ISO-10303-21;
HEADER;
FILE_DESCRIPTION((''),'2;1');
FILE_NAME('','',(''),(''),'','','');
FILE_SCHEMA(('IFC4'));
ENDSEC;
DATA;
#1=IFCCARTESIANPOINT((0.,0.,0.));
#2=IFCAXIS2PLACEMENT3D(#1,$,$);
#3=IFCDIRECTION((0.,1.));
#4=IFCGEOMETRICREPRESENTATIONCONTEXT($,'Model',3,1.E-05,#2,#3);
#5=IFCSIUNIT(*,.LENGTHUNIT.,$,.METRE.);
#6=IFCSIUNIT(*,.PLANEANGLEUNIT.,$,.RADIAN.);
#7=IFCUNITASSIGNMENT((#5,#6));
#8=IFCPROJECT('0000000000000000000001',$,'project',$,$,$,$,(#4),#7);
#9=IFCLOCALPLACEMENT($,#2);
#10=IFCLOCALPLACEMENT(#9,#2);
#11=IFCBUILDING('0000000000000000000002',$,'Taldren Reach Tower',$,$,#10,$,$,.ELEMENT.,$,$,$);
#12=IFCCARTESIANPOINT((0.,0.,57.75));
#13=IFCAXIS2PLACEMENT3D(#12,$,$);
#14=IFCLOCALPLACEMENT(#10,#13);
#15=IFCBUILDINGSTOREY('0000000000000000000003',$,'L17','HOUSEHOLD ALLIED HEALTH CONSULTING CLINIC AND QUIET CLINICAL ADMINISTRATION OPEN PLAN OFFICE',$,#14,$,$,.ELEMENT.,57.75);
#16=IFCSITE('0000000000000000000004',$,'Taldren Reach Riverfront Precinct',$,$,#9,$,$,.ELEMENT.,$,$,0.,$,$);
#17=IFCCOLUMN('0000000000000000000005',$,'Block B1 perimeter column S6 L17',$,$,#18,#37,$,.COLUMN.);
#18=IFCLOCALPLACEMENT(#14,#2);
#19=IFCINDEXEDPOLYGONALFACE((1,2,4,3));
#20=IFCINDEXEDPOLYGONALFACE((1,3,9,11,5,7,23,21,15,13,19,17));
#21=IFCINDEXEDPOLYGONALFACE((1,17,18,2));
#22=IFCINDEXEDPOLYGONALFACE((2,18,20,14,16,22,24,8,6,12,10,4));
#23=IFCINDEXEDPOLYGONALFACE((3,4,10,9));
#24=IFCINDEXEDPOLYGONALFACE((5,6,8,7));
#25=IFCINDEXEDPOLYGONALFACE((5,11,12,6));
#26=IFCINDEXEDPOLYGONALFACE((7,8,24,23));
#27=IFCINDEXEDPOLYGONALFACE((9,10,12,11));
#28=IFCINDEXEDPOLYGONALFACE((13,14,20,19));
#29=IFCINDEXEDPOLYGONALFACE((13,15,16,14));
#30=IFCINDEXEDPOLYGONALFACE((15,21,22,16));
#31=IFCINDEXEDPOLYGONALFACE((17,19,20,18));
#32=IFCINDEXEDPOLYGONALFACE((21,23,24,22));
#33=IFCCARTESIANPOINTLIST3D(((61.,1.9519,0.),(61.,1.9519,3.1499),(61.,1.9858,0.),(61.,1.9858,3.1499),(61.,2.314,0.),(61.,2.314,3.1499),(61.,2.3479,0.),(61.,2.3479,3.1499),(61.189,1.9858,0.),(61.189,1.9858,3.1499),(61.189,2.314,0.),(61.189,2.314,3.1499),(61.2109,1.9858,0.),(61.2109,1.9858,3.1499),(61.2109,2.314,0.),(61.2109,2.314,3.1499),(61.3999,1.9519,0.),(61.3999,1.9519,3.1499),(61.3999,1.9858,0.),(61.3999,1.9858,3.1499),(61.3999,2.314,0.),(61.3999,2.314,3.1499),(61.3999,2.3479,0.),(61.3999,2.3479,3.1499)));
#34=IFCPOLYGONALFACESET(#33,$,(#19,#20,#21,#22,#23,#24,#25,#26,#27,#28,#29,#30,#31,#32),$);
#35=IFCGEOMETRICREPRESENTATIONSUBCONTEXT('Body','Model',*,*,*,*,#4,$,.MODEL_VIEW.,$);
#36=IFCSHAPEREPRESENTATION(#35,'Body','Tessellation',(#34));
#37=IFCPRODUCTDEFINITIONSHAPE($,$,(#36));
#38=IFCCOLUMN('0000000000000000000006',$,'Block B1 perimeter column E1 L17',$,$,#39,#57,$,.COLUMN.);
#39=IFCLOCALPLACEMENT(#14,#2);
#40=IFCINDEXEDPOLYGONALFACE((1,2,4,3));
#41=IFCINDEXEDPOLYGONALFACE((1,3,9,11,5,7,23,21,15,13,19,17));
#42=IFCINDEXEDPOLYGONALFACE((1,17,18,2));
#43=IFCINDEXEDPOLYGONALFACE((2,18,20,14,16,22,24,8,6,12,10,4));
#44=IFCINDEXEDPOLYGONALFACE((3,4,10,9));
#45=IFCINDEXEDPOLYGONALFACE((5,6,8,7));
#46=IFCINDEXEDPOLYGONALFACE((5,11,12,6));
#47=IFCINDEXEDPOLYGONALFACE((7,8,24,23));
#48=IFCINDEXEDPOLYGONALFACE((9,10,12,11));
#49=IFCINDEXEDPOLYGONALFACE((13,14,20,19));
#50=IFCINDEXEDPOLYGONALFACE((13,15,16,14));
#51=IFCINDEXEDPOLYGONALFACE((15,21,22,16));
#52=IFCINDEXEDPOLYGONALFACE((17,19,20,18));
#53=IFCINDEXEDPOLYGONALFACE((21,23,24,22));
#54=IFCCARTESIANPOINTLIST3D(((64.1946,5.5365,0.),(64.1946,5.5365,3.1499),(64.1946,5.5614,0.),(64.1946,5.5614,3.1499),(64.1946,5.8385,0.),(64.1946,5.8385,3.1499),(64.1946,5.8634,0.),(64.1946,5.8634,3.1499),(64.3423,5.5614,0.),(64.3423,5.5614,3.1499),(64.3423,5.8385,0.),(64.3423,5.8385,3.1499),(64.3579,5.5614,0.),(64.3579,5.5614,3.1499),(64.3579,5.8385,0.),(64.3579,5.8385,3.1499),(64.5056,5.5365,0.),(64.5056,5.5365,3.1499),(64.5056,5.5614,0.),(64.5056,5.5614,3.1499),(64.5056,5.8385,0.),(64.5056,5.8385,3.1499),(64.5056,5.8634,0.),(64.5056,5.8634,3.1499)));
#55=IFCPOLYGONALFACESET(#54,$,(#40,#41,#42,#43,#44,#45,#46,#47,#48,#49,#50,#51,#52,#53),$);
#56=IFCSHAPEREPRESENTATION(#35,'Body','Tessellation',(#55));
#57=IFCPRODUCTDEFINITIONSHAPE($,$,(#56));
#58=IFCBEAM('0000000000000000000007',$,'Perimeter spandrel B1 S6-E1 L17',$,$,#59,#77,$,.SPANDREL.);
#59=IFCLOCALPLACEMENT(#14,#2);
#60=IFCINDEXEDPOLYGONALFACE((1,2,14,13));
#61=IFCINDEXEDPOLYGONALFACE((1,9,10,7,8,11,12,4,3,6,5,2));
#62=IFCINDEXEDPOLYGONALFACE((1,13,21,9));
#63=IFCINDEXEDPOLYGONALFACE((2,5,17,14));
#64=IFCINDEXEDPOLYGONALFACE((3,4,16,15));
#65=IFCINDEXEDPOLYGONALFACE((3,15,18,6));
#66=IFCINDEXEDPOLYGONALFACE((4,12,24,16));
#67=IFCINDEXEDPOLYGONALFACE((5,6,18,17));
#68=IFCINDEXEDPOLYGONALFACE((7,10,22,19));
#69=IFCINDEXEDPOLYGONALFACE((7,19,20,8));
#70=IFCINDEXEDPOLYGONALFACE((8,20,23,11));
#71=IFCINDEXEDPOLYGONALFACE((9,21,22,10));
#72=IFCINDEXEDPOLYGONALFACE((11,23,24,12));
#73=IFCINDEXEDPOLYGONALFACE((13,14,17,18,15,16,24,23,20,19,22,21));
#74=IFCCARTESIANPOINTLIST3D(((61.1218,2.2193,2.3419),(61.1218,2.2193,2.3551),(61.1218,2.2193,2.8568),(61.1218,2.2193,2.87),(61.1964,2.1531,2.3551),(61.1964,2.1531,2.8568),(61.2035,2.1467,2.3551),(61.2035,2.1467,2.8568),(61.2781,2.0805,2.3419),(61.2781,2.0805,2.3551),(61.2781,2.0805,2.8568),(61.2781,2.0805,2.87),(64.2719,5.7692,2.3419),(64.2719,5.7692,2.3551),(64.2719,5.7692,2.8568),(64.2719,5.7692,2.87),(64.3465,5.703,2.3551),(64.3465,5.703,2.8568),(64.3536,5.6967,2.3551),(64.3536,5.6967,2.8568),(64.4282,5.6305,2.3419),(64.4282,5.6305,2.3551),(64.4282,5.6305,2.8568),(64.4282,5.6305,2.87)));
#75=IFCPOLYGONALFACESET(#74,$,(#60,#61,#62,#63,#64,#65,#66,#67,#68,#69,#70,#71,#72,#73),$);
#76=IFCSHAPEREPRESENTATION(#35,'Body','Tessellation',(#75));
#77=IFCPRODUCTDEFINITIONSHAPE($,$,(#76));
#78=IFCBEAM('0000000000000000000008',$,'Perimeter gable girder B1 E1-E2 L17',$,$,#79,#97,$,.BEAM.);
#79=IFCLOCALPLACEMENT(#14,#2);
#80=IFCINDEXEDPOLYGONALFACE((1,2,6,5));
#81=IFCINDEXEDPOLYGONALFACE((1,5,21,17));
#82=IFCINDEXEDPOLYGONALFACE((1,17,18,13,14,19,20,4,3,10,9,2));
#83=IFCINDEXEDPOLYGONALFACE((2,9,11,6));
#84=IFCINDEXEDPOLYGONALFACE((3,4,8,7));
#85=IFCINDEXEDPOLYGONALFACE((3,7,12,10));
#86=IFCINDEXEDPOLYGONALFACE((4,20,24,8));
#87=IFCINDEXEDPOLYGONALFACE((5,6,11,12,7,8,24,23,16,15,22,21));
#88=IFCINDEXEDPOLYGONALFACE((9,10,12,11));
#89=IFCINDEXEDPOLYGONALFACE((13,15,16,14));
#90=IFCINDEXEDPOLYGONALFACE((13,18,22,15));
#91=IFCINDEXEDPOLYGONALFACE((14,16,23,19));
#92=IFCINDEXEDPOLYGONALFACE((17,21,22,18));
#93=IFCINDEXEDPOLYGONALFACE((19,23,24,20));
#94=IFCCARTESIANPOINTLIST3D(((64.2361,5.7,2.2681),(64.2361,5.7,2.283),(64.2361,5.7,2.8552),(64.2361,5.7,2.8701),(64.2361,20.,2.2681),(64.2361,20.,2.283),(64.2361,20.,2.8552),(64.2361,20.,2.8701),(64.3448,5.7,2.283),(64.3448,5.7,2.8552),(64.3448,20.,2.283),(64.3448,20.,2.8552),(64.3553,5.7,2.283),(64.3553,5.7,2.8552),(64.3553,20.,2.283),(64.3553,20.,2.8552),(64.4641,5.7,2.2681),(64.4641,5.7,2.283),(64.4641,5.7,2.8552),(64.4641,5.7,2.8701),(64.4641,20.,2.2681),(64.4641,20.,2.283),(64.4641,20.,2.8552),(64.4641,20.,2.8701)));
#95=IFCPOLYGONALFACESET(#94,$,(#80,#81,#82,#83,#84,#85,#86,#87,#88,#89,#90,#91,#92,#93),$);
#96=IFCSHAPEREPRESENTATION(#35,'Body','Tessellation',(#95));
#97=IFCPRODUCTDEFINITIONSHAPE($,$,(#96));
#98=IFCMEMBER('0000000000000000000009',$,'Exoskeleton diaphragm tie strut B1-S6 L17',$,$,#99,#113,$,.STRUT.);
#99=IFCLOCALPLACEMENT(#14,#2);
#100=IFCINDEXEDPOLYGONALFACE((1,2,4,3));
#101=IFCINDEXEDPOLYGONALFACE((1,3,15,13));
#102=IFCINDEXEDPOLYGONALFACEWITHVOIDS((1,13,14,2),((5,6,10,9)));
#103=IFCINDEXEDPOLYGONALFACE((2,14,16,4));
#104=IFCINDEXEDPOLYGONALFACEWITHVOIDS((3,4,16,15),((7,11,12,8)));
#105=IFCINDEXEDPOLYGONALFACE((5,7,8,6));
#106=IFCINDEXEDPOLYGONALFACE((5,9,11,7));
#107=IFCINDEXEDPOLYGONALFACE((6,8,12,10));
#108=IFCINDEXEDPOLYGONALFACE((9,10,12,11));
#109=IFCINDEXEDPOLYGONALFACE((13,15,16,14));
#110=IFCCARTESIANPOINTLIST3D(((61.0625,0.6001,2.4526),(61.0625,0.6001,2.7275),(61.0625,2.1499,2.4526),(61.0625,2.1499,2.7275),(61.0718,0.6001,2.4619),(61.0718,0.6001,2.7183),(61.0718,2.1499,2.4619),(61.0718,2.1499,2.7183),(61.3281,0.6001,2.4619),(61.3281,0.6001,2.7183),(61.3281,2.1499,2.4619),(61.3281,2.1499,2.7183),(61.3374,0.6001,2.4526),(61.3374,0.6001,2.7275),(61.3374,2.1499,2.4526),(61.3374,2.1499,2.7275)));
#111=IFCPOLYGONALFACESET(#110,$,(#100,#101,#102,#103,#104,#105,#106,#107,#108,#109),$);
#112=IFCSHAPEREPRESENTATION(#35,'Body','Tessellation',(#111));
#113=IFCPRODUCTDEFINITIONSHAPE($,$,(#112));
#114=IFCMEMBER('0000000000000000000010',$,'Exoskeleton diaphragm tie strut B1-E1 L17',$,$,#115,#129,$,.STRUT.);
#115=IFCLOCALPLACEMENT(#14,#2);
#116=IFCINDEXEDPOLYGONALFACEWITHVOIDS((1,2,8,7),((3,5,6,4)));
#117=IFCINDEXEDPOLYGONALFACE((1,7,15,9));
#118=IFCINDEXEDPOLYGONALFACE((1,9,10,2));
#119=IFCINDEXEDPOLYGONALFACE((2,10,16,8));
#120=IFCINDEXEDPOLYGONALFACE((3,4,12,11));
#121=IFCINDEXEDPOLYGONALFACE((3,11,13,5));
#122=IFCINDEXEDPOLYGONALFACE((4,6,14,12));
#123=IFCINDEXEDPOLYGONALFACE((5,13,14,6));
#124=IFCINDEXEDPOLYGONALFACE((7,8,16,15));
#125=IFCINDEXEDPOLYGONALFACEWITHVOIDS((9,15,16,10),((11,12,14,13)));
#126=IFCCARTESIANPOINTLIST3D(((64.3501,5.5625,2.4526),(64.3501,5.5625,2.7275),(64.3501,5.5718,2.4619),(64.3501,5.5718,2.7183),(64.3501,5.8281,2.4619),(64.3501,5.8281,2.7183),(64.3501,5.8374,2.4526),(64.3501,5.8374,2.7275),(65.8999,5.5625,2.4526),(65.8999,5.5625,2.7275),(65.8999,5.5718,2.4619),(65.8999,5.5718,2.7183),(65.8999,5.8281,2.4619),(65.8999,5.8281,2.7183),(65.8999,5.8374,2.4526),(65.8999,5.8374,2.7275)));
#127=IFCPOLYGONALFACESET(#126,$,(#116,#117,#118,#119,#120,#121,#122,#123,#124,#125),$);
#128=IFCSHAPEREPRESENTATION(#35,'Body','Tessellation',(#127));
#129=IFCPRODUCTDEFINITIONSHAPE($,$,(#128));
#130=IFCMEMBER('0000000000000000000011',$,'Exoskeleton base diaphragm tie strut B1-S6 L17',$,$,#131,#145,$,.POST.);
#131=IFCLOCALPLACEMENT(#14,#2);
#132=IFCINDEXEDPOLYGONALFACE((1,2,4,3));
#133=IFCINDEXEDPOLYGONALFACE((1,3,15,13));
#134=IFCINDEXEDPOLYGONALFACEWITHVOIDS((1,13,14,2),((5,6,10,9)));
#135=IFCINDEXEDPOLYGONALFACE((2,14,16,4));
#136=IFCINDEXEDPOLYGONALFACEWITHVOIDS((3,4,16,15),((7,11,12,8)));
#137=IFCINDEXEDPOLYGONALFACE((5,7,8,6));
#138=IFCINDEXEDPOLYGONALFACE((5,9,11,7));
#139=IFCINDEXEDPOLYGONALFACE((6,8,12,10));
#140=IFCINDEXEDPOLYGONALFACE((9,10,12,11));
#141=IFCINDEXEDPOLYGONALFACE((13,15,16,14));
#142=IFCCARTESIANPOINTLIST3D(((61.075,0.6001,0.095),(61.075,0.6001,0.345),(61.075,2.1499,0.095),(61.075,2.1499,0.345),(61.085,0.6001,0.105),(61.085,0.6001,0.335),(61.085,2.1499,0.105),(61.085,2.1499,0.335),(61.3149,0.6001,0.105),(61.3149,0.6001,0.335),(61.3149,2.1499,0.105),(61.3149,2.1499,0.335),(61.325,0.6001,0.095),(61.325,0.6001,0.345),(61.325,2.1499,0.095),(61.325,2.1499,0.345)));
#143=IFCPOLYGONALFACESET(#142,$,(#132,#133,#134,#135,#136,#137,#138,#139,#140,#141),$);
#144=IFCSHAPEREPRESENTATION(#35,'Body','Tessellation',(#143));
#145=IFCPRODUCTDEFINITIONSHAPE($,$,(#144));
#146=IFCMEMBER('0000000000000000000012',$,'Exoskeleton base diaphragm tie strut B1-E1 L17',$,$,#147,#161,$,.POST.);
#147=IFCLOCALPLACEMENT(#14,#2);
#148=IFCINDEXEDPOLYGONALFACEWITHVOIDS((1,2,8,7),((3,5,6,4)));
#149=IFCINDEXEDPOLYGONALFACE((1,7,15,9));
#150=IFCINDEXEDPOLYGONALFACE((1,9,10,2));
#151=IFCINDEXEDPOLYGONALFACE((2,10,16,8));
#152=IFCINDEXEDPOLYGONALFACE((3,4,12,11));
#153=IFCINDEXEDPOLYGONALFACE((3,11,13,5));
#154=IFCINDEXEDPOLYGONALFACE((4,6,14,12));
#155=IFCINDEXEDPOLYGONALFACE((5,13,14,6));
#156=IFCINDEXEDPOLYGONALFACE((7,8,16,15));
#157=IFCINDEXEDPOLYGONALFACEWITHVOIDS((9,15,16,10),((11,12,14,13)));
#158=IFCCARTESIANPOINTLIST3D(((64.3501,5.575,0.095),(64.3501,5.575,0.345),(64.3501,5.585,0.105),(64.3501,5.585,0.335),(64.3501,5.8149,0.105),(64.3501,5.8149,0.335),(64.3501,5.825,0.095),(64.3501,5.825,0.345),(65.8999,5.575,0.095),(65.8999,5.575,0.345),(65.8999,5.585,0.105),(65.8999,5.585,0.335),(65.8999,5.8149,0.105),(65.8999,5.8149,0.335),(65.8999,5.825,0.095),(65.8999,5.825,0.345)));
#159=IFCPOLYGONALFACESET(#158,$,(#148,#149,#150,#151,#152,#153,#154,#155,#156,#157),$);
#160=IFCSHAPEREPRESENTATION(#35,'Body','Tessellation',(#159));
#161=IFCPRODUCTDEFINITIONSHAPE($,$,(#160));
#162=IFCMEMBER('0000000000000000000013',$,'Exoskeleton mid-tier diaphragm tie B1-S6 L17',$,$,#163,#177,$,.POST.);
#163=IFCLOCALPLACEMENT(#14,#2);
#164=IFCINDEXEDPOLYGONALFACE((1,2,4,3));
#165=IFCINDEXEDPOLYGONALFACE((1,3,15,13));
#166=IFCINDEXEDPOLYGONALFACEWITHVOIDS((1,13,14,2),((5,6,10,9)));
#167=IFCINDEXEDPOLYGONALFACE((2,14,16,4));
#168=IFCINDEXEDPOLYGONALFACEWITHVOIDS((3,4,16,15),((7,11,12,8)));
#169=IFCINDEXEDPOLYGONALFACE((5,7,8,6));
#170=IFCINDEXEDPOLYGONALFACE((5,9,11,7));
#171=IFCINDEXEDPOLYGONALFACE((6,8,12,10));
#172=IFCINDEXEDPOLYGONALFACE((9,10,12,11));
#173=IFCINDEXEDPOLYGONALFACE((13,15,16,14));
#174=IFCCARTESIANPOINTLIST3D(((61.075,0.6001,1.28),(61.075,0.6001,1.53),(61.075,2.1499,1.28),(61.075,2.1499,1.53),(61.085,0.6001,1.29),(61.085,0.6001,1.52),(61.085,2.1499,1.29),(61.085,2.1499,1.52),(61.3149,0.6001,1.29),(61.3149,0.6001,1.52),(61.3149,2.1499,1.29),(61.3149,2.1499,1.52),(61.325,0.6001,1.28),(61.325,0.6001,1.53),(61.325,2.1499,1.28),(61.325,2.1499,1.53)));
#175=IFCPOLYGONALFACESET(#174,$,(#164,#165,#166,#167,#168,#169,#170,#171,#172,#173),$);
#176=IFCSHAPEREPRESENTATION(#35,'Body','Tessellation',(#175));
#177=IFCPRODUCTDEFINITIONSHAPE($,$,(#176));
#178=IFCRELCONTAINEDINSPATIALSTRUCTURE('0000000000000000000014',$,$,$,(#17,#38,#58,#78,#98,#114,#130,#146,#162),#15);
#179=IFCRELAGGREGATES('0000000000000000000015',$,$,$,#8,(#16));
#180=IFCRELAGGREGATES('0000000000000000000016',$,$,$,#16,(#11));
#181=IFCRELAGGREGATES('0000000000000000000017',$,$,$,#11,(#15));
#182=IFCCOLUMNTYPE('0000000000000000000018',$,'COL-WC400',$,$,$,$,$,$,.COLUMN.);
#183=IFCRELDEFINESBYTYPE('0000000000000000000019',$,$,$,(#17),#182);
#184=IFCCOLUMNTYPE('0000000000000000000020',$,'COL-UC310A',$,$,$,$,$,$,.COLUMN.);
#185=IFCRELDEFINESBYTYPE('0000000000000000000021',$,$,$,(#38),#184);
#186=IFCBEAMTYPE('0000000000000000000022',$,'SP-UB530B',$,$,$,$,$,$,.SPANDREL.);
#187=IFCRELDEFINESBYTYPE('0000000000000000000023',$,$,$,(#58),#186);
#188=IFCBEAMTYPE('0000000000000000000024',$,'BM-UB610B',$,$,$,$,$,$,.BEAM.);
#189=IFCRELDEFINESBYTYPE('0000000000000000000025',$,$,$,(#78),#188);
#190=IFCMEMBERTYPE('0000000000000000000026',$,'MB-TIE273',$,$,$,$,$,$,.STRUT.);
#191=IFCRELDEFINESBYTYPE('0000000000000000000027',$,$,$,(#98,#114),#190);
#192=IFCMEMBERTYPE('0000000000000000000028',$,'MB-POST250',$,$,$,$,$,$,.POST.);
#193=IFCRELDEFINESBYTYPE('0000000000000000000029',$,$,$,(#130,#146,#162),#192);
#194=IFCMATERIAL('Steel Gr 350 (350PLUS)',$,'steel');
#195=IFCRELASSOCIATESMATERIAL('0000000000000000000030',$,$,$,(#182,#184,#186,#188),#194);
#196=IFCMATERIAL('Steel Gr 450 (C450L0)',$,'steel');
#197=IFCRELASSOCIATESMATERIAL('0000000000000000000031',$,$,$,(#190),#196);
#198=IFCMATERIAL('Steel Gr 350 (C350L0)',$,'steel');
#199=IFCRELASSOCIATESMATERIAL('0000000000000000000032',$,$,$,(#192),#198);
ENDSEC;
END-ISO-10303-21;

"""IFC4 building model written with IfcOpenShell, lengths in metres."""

from ifc_helpers import new_model, si_unit, direction, frame, origin, origin_2d, place, context, subcontext, project, spatial, hollow_rectangle, i_section, extrude, source, transform, mapped, material, material_profile, profile_set, type_object, element, save


model = new_model("IFC4")

# Units and contexts
model_context = context("Model", 3, precision=1e-05, world=origin(), true_north=direction((0.0, 1.0)))
body_context = subcontext(model_context, "Body", "Model", "MODEL_VIEW")
ifc_project = project(units=[si_unit("LENGTHUNIT", "METRE"), si_unit("PLANEANGLEUNIT", "RADIAN")], contexts=[model_context])

# Site, building, storey
site_placement = place(None, origin())
site = spatial("IfcSite", under=ifc_project, at=site_placement, Name="Taldren Reach Riverfront Precinct", CompositionType="ELEMENT", RefElevation=0.0)
building_placement = place(site_placement, origin())
building = spatial("IfcBuilding", under=site, at=building_placement, Name="Taldren Reach Tower", CompositionType="ELEMENT")
storey_placement = place(building_placement, frame((0.0, 0.0, 57.75)))
storey = spatial("IfcBuildingStorey", under=building, at=storey_placement, Name="L17", Description="HOUSEHOLD ALLIED HEALTH CONSULTING CLINIC AND QUIET CLINICAL ADMINISTRATION OPEN PLAN OFFICE", CompositionType="ELEMENT", Elevation=57.75)

# Columns
ifc_material_1 = material(Name="Steel Gr 350 (350PLUS)", Category="steel")
ifc_material_profile_1 = material_profile(ifc_material_1, i_section(OverallWidth=0.3999, OverallDepth=0.396, WebThickness=0.022, FlangeThickness=0.0339, at=origin_2d()), Name="400WC270")
ifc_profile_set_1 = profile_set([ifc_material_profile_1], Name="Steel Gr 350 (350PLUS)")
column_type_1 = type_object("IfcColumnType", Name="COL-WC400", PredefinedType="COLUMN", material=ifc_profile_set_1)
shared_shape_1 = source(origin(), body_context, "Body", "SweptSolid", [
    extrude(i_section(OverallWidth=0.3999, OverallDepth=0.396, WebThickness=0.022, FlangeThickness=0.0339, at=origin_2d()), origin(), (0.0, 0.0, 1.0), 3.1499),
])
column_1_placement = place(storey_placement, frame((61.2, 2.1499, 0.0), z_axis=(0.0, 0.0, 1.0), x_axis=(1.0, 0.0, 0.0)))
element("IfcColumn", 1, at=column_1_placement, inside=storey, type_object=column_type_1, Name="Block B1 perimeter column S6 L17", PredefinedType="COLUMN", context=body_context, shape_type="MappedRepresentation", body=[
    mapped(shared_shape_1, transform((0.0, 0.0, 0.0), scale=1.0)),
])
ifc_material_profile_2 = material_profile(ifc_material_1, i_section(OverallWidth=0.311, OverallDepth=0.3269, WebThickness=0.0156, FlangeThickness=0.0249, at=origin_2d()), Name="310UC158")
ifc_profile_set_2 = profile_set([ifc_material_profile_2], Name="Steel Gr 350 (350PLUS)")
column_type_2 = type_object("IfcColumnType", Name="COL-UC310A", PredefinedType="COLUMN", material=ifc_profile_set_2)
shared_shape_2 = source(origin(), body_context, "Body", "SweptSolid", [
    extrude(i_section(OverallWidth=0.311, OverallDepth=0.3269, WebThickness=0.0156, FlangeThickness=0.0249, at=origin_2d()), origin(), (0.0, 0.0, 1.0), 3.1499),
])
column_2_placement = place(storey_placement, frame((64.3501, 5.7, 0.0), z_axis=(0.0, 0.0, 1.0), x_axis=(1.0, 0.0, 0.0)))
element("IfcColumn", 2, at=column_2_placement, inside=storey, type_object=column_type_2, Name="Block B1 perimeter column E1 L17", PredefinedType="COLUMN", context=body_context, shape_type="MappedRepresentation", body=[
    mapped(shared_shape_2, transform((0.0, 0.0, 0.0), scale=1.0)),
])

# Beams
ifc_material_profile_3 = material_profile(ifc_material_1, i_section(OverallWidth=0.209, OverallDepth=0.5281, WebThickness=0.0095, FlangeThickness=0.0132, at=origin_2d()), Name="530UB82.0")
ifc_profile_set_3 = profile_set([ifc_material_profile_3], Name="Steel Gr 350 (350PLUS)")
beam_type_1 = type_object("IfcBeamType", Name="SP-UB530B", PredefinedType="SPANDREL", material=ifc_profile_set_3)
shared_shape_3 = source(origin(), body_context, "Body", "SweptSolid", [
    extrude(i_section(OverallWidth=0.209, OverallDepth=0.5281, WebThickness=0.0095, FlangeThickness=0.0132, at=origin_2d()), origin(), (0.0, 0.0, 1.0), 4.7461),
])
beam_1_placement = place(storey_placement, frame((61.2, 2.1499, 2.606), z_axis=(0.663722, 0.747979, 0.0), x_axis=(-0.747979, 0.663722, 0.0)))
element("IfcBeam", 3, at=beam_1_placement, inside=storey, type_object=beam_type_1, Name="Perimeter spandrel B1 S6-E1 L17", PredefinedType="SPANDREL", context=body_context, shape_type="MappedRepresentation", body=[
    mapped(shared_shape_3, transform((0.0, 0.0, 0.0), scale=1.0)),
])
ifc_material_profile_4 = material_profile(ifc_material_1, i_section(OverallWidth=0.228, OverallDepth=0.6021, WebThickness=0.0105, FlangeThickness=0.0149, at=origin_2d()), Name="610UB101")
ifc_profile_set_4 = profile_set([ifc_material_profile_4], Name="Steel Gr 350 (350PLUS)")
beam_type_2 = type_object("IfcBeamType", Name="BM-UB610B", PredefinedType="BEAM", material=ifc_profile_set_4)
shared_shape_4 = source(origin(), body_context, "Body", "SweptSolid", [
    extrude(i_section(OverallWidth=0.228, OverallDepth=0.6021, WebThickness=0.0105, FlangeThickness=0.0149, at=origin_2d()), origin(), (0.0, 0.0, 1.0), 14.3),
])
beam_2_placement = place(storey_placement, frame((64.3501, 5.7, 2.5691), z_axis=(0.0, 1.0, 0.0), x_axis=(-1.0, 0.0, 0.0)))
element("IfcBeam", 4, at=beam_2_placement, inside=storey, type_object=beam_type_2, Name="Perimeter gable girder B1 E1-E2 L17", PredefinedType="BEAM", context=body_context, shape_type="MappedRepresentation", body=[
    mapped(shared_shape_4, transform((0.0, 0.0, 0.0), scale=1.0)),
])

# Members
ifc_material_2 = material(Name="Steel Gr 450 (C450L0)", Category="steel")
ifc_material_profile_5 = material_profile(ifc_material_2, hollow_rectangle(XDim=0.2749, YDim=0.2749, WallThickness=0.0093, at=origin_2d()), Name="275x275x9.3SHS")
ifc_profile_set_5 = profile_set([ifc_material_profile_5], Name="Steel Gr 450 (C450L0)")
member_type_1 = type_object("IfcMemberType", Name="MB-TIE273", PredefinedType="STRUT", material=ifc_profile_set_5)
shared_shape_5 = source(origin(), body_context, "Body", "SweptSolid", [
    extrude(hollow_rectangle(XDim=0.2749, YDim=0.2749, WallThickness=0.0093, at=origin_2d()), origin(), (0.0, 0.0, 1.0), 1.5498),
])
for number, where, z_axis, x_axis, name in (
    (5, (61.2, 2.1499, 2.5901), (0.0, -1.0, 0.0), (1.0, 0.0, 0.0), "Exoskeleton diaphragm tie strut B1-S6 L17"),
    (6, (64.3501, 5.7, 2.5901), (1.0, 0.0, 0.0), (0.0, 1.0, 0.0), "Exoskeleton diaphragm tie strut B1-E1 L17"),
):
    element("IfcMember", number, at=place(storey_placement, frame(where, z_axis=z_axis, x_axis=x_axis)), inside=storey, type_object=member_type_1, Name=name, PredefinedType="STRUT", context=body_context, shape_type="MappedRepresentation", body=[
        mapped(shared_shape_5, transform((0.0, 0.0, 0.0), scale=1.0)),
    ])
ifc_material_3 = material(Name="Steel Gr 350 (C350L0)", Category="steel")
ifc_material_profile_6 = material_profile(ifc_material_3, hollow_rectangle(XDim=0.25, YDim=0.25, WallThickness=0.01, at=origin_2d()), Name="250x250x10.0SHS")
ifc_profile_set_6 = profile_set([ifc_material_profile_6], Name="Steel Gr 350 (C350L0)")
member_type_2 = type_object("IfcMemberType", Name="MB-POST250", PredefinedType="POST", material=ifc_profile_set_6)
shared_shape_6 = source(origin(), body_context, "Body", "SweptSolid", [
    extrude(hollow_rectangle(XDim=0.25, YDim=0.25, WallThickness=0.01, at=origin_2d()), origin(), (0.0, 0.0, 1.0), 1.5498),
])
for number, where, z_axis, x_axis, name in (
    (7, (61.2, 2.1499, 0.22), (0.0, -1.0, 0.0), (1.0, 0.0, 0.0), "Exoskeleton base diaphragm tie strut B1-S6 L17"),
    (8, (64.3501, 5.7, 0.22), (1.0, 0.0, 0.0), (0.0, 1.0, 0.0), "Exoskeleton base diaphragm tie strut B1-E1 L17"),
    (9, (61.2, 2.1499, 1.405), (0.0, -1.0, 0.0), (1.0, 0.0, 0.0), "Exoskeleton mid-tier diaphragm tie B1-S6 L17"),
):
    element("IfcMember", number, at=place(storey_placement, frame(where, z_axis=z_axis, x_axis=x_axis)), inside=storey, type_object=member_type_2, Name=name, PredefinedType="POST", context=body_context, shape_type="MappedRepresentation", body=[
        mapped(shared_shape_6, transform((0.0, 0.0, 0.0), scale=1.0)),
    ])

save(model, "model.ifc")
